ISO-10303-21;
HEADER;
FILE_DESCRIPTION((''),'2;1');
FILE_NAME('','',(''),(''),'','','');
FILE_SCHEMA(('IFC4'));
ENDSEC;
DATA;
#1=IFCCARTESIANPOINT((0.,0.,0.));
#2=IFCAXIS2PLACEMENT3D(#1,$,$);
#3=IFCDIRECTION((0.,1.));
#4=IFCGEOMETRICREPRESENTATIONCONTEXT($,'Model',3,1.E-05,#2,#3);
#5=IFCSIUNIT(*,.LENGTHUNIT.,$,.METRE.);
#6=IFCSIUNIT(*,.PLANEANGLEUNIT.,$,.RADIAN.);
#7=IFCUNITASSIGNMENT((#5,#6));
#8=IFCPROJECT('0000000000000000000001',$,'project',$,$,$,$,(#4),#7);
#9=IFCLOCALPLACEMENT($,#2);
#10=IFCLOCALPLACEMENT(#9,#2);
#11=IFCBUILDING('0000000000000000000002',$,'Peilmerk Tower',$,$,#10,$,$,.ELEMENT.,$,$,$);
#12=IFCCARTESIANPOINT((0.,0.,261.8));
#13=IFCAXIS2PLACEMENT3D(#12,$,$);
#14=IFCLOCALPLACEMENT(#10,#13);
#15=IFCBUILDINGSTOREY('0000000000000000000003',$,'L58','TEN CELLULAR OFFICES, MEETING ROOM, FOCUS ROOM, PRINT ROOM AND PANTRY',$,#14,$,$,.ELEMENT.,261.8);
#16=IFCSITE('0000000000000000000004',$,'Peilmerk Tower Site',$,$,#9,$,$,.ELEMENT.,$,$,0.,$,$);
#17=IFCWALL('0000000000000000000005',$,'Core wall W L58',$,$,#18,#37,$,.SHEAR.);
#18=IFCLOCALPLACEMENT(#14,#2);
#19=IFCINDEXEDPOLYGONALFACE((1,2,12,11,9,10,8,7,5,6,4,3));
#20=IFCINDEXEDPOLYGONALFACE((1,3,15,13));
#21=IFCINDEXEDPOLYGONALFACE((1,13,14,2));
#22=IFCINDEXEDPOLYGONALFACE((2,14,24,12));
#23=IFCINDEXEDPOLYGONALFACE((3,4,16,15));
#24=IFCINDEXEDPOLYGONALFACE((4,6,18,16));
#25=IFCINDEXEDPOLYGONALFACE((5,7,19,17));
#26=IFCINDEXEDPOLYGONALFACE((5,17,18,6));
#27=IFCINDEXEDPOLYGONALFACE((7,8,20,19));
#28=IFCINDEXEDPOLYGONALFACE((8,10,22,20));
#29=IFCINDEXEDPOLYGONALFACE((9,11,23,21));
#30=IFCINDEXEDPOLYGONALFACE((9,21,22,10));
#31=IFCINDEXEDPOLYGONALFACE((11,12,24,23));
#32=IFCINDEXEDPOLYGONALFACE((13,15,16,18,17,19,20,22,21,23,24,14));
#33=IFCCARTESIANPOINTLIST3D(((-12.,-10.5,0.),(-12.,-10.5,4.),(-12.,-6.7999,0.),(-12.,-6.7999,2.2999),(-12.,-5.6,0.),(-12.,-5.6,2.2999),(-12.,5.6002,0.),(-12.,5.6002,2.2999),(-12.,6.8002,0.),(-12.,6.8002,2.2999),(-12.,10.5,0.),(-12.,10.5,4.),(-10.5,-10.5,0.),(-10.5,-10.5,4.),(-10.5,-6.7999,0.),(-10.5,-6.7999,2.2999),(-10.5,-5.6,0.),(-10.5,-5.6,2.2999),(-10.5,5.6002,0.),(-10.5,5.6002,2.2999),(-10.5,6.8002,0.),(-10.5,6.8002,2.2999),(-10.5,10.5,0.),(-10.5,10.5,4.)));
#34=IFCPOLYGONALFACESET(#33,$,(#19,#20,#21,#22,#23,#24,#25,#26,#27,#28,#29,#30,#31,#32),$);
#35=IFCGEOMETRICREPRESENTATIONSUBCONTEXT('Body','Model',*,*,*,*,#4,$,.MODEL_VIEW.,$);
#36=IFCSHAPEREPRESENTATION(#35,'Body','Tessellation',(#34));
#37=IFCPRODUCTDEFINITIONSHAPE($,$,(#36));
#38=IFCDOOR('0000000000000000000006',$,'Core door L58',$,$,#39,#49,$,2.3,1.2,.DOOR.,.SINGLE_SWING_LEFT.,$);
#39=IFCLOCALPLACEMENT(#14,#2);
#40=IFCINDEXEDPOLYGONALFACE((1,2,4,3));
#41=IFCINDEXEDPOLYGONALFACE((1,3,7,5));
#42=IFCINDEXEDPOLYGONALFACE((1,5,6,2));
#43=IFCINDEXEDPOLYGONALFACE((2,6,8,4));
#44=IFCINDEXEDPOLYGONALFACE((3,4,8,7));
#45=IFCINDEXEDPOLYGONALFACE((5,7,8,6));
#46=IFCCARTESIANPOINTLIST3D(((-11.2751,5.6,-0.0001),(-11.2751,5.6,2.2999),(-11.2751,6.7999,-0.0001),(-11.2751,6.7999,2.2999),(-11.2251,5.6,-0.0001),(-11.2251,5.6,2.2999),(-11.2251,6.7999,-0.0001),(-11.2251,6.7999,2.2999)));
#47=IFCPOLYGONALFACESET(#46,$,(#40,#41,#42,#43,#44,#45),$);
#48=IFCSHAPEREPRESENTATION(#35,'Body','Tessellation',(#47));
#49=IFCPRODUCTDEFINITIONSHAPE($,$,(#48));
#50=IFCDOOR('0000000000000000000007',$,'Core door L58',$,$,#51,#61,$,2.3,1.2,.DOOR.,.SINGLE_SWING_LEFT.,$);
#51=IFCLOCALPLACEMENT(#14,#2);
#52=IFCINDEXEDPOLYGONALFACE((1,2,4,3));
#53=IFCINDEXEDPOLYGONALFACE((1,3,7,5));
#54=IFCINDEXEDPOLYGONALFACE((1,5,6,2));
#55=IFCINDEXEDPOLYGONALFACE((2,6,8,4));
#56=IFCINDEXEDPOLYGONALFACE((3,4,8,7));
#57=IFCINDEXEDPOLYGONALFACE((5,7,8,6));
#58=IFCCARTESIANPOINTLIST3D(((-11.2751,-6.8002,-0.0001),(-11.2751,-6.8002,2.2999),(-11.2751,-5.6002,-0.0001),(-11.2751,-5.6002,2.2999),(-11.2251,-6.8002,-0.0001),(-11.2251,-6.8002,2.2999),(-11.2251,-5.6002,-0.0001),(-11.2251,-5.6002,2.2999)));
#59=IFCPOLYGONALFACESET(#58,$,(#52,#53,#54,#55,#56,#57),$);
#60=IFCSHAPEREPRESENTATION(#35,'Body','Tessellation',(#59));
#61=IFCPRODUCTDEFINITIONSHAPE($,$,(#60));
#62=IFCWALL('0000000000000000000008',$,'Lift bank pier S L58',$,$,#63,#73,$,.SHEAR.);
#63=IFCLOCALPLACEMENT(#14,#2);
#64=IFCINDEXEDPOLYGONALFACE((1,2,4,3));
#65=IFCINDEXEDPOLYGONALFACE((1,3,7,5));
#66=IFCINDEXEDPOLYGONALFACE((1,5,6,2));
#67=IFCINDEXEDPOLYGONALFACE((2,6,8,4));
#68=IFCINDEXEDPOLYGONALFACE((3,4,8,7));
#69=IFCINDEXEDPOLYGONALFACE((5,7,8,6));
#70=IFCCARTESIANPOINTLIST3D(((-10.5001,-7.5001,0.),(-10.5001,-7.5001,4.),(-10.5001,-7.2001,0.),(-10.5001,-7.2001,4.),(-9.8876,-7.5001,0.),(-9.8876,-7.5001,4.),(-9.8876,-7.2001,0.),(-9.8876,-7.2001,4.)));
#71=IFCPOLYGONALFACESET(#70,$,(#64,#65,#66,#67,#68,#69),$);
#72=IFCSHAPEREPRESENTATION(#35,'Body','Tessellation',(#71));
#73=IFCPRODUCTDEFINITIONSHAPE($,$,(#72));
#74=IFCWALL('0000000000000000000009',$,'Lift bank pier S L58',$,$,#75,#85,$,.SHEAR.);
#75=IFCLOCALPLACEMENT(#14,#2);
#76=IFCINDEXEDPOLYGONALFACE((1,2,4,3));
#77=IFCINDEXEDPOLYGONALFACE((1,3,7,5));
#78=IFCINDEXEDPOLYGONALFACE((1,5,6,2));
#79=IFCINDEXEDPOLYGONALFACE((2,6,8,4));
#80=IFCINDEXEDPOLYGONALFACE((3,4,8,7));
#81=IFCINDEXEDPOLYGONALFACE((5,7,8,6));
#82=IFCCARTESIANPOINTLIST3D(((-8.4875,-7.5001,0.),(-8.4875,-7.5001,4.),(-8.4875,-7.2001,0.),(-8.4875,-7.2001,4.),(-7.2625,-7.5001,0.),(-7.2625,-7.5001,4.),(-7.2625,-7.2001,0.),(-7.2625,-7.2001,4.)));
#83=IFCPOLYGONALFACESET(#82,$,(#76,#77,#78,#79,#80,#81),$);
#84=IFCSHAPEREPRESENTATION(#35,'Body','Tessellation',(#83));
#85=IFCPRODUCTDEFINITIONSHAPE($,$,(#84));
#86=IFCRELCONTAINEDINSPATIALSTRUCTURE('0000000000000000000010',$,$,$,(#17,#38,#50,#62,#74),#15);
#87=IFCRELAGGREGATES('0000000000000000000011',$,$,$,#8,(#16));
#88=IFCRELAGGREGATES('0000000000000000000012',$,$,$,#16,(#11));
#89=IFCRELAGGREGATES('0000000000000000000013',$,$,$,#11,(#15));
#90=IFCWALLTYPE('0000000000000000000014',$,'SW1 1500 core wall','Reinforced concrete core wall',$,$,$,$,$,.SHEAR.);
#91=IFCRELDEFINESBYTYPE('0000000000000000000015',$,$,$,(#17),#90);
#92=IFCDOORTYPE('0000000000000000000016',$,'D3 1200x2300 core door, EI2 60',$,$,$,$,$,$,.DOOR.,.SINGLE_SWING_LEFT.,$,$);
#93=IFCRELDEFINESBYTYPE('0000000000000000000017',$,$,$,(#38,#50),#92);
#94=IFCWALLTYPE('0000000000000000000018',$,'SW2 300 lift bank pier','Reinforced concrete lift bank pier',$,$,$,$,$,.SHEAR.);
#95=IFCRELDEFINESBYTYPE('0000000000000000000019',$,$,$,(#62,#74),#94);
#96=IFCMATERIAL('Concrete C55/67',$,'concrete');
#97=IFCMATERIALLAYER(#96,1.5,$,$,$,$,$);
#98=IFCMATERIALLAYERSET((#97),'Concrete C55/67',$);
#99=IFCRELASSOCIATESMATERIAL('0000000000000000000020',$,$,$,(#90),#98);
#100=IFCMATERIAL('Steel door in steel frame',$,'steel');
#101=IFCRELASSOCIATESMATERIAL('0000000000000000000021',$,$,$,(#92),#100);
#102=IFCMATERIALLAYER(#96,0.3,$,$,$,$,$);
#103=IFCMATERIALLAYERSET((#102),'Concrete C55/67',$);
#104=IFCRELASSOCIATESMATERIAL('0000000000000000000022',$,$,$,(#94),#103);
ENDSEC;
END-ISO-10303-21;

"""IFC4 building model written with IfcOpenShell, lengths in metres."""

from ifc_helpers import new_model, si_unit, direction, frame, frame_2d, origin, place, context, subcontext, project, spatial, rectangle, extrude, material, layer, layer_set, type_object, element, fill, save


model = new_model("IFC4")

# Units and contexts
model_context = context("Model", 3, precision=1e-05, world=origin(), true_north=direction((0.0, 1.0)))
body_context = subcontext(model_context, "Body", "Model", "MODEL_VIEW")
ifc_project = project(units=[si_unit("LENGTHUNIT", "METRE"), si_unit("PLANEANGLEUNIT", "RADIAN")], contexts=[model_context])

# Site, building, storey
site_placement = place(None, origin())
site = spatial("IfcSite", under=ifc_project, at=site_placement, Name="Peilmerk Tower Site", CompositionType="ELEMENT", RefElevation=0.0)
building_placement = place(site_placement, origin())
building = spatial("IfcBuilding", under=site, at=building_placement, Name="Peilmerk Tower", CompositionType="ELEMENT")
storey_placement = place(building_placement, frame((0.0, 0.0, 261.8)))
storey = spatial("IfcBuildingStorey", under=building, at=storey_placement, Name="L58", Description="TEN CELLULAR OFFICES, MEETING ROOM, FOCUS ROOM, PRINT ROOM AND PANTRY", CompositionType="ELEMENT", Elevation=261.8)

# Wall, openings, doors
ifc_material_1 = material(Name="Concrete C55/67", Category="concrete")
ifc_layer_1 = layer(ifc_material_1, 1.5)
ifc_layer_set_1 = layer_set([ifc_layer_1], Name="Concrete C55/67")
wall_type_1 = type_object("IfcWallType", Name="SW1 1500 core wall", Description="Reinforced concrete core wall", PredefinedType="SHEAR", material=ifc_layer_set_1)
wall_1_placement = place(storey_placement, frame((-11.25, -10.5, 0.0), z_axis=(0.0, 0.0, 1.0), x_axis=(0.0, 1.0, 0.0)))
wall_1 = element("IfcWall", 1, at=wall_1_placement, inside=storey, type_object=wall_type_1, Name="Core wall W L58", PredefinedType="SHEAR", context=body_context, shape_type="SweptSolid", body=[
    extrude(rectangle(XDim=21.0, YDim=1.5, at=frame_2d((10.5, 0.0))), origin(), (0.0, 0.0, 1.0), 4.0),
])
opening_1_placement = place(wall_1_placement, frame((16.1001, 0.0, 0.0)))
opening_1 = element("IfcOpeningElement", 2, at=opening_1_placement, cuts=wall_1, PredefinedType="OPENING", context=body_context, shape_type="SweptSolid", body=[
    extrude(rectangle(XDim=1.2, YDim=2.3, at=frame_2d((0.6001, 1.1499))), frame((0.0, 0.76, 0.0), z_axis=(0.0, -1.0, 0.0), x_axis=(1.0, 0.0, 0.0)), (0.0, 0.0, 1.0), 1.52),
])
opening_2_placement = place(wall_1_placement, frame((3.7, 0.0, 0.0)))
opening_2 = element("IfcOpeningElement", 3, at=opening_2_placement, cuts=wall_1, PredefinedType="OPENING", context=body_context, shape_type="SweptSolid", body=[
    extrude(rectangle(XDim=1.2, YDim=2.3, at=frame_2d((0.6001, 1.1499))), frame((0.0, 0.76, 0.0), z_axis=(0.0, -1.0, 0.0), x_axis=(1.0, 0.0, 0.0)), (0.0, 0.0, 1.0), 1.52),
])
ifc_material_2 = material(Name="Steel door in steel frame", Category="steel")
door_type_1 = type_object("IfcDoorType", Name="D3 1200x2300 core door, EI2 60", OperationType="SINGLE_SWING_LEFT", PredefinedType="DOOR", material=ifc_material_2)
door_1_placement = place(opening_1_placement, frame((1.2, 0.0, 0.0), z_axis=(0.0, 0.0, 1.0), x_axis=(-1.0, 0.0, 0.0)))
door_1 = element("IfcDoor", 4, at=door_1_placement, inside=storey, type_object=door_type_1, Name="Core door L58", OperationType="SINGLE_SWING_LEFT", OverallHeight=2.3, OverallWidth=1.2, PredefinedType="DOOR", context=body_context, shape_type="SweptSolid", body=[
    extrude(rectangle(XDim=1.2, YDim=2.3, at=frame_2d((0.6001, 1.1499))), frame((0.0, 0.0249, 0.0), z_axis=(0.0, -1.0, 0.0), x_axis=(1.0, 0.0, 0.0)), (0.0, 0.0, 1.0), 0.05),
])
fill(opening_1, door_1)
door_2_placement = place(opening_2_placement, frame((1.2, 0.0, 0.0), z_axis=(0.0, 0.0, 1.0), x_axis=(-1.0, 0.0, 0.0)))
door_2 = element("IfcDoor", 5, at=door_2_placement, inside=storey, type_object=door_type_1, Name="Core door L58", OperationType="SINGLE_SWING_LEFT", OverallHeight=2.3, OverallWidth=1.2, PredefinedType="DOOR", context=body_context, shape_type="SweptSolid", body=[
    extrude(rectangle(XDim=1.2, YDim=2.3, at=frame_2d((0.6001, 1.1499))), frame((0.0, 0.0249, 0.0), z_axis=(0.0, -1.0, 0.0), x_axis=(1.0, 0.0, 0.0)), (0.0, 0.0, 1.0), 0.05),
])
fill(opening_2, door_2)

# Walls
ifc_layer_2 = layer(ifc_material_1, 0.3)
ifc_layer_set_2 = layer_set([ifc_layer_2], Name="Concrete C55/67")
wall_type_2 = type_object("IfcWallType", Name="SW2 300 lift bank pier", Description="Reinforced concrete lift bank pier", PredefinedType="SHEAR", material=ifc_layer_set_2)
wall_2_placement = place(storey_placement, frame((-10.5, -7.3501, 0.0), z_axis=(0.0, 0.0, 1.0), x_axis=(1.0, 0.0, 0.0)))
element("IfcWall", 6, at=wall_2_placement, inside=storey, type_object=wall_type_2, Name="Lift bank pier S L58", PredefinedType="SHEAR", context=body_context, shape_type="SweptSolid", body=[
    extrude(rectangle(XDim=0.6125, YDim=0.3, at=frame_2d((0.3062, 0.0))), origin(), (0.0, 0.0, 1.0), 4.0),
])
wall_3_placement = place(storey_placement, frame((-8.4875, -7.3501, 0.0), z_axis=(0.0, 0.0, 1.0), x_axis=(1.0, 0.0, 0.0)))
element("IfcWall", 7, at=wall_3_placement, inside=storey, type_object=wall_type_2, Name="Lift bank pier S L58", PredefinedType="SHEAR", context=body_context, shape_type="SweptSolid", body=[
    extrude(rectangle(XDim=1.2251, YDim=0.3, at=frame_2d((0.6125, 0.0))), origin(), (0.0, 0.0, 1.0), 4.0),
])

save(model, "model.ifc")
